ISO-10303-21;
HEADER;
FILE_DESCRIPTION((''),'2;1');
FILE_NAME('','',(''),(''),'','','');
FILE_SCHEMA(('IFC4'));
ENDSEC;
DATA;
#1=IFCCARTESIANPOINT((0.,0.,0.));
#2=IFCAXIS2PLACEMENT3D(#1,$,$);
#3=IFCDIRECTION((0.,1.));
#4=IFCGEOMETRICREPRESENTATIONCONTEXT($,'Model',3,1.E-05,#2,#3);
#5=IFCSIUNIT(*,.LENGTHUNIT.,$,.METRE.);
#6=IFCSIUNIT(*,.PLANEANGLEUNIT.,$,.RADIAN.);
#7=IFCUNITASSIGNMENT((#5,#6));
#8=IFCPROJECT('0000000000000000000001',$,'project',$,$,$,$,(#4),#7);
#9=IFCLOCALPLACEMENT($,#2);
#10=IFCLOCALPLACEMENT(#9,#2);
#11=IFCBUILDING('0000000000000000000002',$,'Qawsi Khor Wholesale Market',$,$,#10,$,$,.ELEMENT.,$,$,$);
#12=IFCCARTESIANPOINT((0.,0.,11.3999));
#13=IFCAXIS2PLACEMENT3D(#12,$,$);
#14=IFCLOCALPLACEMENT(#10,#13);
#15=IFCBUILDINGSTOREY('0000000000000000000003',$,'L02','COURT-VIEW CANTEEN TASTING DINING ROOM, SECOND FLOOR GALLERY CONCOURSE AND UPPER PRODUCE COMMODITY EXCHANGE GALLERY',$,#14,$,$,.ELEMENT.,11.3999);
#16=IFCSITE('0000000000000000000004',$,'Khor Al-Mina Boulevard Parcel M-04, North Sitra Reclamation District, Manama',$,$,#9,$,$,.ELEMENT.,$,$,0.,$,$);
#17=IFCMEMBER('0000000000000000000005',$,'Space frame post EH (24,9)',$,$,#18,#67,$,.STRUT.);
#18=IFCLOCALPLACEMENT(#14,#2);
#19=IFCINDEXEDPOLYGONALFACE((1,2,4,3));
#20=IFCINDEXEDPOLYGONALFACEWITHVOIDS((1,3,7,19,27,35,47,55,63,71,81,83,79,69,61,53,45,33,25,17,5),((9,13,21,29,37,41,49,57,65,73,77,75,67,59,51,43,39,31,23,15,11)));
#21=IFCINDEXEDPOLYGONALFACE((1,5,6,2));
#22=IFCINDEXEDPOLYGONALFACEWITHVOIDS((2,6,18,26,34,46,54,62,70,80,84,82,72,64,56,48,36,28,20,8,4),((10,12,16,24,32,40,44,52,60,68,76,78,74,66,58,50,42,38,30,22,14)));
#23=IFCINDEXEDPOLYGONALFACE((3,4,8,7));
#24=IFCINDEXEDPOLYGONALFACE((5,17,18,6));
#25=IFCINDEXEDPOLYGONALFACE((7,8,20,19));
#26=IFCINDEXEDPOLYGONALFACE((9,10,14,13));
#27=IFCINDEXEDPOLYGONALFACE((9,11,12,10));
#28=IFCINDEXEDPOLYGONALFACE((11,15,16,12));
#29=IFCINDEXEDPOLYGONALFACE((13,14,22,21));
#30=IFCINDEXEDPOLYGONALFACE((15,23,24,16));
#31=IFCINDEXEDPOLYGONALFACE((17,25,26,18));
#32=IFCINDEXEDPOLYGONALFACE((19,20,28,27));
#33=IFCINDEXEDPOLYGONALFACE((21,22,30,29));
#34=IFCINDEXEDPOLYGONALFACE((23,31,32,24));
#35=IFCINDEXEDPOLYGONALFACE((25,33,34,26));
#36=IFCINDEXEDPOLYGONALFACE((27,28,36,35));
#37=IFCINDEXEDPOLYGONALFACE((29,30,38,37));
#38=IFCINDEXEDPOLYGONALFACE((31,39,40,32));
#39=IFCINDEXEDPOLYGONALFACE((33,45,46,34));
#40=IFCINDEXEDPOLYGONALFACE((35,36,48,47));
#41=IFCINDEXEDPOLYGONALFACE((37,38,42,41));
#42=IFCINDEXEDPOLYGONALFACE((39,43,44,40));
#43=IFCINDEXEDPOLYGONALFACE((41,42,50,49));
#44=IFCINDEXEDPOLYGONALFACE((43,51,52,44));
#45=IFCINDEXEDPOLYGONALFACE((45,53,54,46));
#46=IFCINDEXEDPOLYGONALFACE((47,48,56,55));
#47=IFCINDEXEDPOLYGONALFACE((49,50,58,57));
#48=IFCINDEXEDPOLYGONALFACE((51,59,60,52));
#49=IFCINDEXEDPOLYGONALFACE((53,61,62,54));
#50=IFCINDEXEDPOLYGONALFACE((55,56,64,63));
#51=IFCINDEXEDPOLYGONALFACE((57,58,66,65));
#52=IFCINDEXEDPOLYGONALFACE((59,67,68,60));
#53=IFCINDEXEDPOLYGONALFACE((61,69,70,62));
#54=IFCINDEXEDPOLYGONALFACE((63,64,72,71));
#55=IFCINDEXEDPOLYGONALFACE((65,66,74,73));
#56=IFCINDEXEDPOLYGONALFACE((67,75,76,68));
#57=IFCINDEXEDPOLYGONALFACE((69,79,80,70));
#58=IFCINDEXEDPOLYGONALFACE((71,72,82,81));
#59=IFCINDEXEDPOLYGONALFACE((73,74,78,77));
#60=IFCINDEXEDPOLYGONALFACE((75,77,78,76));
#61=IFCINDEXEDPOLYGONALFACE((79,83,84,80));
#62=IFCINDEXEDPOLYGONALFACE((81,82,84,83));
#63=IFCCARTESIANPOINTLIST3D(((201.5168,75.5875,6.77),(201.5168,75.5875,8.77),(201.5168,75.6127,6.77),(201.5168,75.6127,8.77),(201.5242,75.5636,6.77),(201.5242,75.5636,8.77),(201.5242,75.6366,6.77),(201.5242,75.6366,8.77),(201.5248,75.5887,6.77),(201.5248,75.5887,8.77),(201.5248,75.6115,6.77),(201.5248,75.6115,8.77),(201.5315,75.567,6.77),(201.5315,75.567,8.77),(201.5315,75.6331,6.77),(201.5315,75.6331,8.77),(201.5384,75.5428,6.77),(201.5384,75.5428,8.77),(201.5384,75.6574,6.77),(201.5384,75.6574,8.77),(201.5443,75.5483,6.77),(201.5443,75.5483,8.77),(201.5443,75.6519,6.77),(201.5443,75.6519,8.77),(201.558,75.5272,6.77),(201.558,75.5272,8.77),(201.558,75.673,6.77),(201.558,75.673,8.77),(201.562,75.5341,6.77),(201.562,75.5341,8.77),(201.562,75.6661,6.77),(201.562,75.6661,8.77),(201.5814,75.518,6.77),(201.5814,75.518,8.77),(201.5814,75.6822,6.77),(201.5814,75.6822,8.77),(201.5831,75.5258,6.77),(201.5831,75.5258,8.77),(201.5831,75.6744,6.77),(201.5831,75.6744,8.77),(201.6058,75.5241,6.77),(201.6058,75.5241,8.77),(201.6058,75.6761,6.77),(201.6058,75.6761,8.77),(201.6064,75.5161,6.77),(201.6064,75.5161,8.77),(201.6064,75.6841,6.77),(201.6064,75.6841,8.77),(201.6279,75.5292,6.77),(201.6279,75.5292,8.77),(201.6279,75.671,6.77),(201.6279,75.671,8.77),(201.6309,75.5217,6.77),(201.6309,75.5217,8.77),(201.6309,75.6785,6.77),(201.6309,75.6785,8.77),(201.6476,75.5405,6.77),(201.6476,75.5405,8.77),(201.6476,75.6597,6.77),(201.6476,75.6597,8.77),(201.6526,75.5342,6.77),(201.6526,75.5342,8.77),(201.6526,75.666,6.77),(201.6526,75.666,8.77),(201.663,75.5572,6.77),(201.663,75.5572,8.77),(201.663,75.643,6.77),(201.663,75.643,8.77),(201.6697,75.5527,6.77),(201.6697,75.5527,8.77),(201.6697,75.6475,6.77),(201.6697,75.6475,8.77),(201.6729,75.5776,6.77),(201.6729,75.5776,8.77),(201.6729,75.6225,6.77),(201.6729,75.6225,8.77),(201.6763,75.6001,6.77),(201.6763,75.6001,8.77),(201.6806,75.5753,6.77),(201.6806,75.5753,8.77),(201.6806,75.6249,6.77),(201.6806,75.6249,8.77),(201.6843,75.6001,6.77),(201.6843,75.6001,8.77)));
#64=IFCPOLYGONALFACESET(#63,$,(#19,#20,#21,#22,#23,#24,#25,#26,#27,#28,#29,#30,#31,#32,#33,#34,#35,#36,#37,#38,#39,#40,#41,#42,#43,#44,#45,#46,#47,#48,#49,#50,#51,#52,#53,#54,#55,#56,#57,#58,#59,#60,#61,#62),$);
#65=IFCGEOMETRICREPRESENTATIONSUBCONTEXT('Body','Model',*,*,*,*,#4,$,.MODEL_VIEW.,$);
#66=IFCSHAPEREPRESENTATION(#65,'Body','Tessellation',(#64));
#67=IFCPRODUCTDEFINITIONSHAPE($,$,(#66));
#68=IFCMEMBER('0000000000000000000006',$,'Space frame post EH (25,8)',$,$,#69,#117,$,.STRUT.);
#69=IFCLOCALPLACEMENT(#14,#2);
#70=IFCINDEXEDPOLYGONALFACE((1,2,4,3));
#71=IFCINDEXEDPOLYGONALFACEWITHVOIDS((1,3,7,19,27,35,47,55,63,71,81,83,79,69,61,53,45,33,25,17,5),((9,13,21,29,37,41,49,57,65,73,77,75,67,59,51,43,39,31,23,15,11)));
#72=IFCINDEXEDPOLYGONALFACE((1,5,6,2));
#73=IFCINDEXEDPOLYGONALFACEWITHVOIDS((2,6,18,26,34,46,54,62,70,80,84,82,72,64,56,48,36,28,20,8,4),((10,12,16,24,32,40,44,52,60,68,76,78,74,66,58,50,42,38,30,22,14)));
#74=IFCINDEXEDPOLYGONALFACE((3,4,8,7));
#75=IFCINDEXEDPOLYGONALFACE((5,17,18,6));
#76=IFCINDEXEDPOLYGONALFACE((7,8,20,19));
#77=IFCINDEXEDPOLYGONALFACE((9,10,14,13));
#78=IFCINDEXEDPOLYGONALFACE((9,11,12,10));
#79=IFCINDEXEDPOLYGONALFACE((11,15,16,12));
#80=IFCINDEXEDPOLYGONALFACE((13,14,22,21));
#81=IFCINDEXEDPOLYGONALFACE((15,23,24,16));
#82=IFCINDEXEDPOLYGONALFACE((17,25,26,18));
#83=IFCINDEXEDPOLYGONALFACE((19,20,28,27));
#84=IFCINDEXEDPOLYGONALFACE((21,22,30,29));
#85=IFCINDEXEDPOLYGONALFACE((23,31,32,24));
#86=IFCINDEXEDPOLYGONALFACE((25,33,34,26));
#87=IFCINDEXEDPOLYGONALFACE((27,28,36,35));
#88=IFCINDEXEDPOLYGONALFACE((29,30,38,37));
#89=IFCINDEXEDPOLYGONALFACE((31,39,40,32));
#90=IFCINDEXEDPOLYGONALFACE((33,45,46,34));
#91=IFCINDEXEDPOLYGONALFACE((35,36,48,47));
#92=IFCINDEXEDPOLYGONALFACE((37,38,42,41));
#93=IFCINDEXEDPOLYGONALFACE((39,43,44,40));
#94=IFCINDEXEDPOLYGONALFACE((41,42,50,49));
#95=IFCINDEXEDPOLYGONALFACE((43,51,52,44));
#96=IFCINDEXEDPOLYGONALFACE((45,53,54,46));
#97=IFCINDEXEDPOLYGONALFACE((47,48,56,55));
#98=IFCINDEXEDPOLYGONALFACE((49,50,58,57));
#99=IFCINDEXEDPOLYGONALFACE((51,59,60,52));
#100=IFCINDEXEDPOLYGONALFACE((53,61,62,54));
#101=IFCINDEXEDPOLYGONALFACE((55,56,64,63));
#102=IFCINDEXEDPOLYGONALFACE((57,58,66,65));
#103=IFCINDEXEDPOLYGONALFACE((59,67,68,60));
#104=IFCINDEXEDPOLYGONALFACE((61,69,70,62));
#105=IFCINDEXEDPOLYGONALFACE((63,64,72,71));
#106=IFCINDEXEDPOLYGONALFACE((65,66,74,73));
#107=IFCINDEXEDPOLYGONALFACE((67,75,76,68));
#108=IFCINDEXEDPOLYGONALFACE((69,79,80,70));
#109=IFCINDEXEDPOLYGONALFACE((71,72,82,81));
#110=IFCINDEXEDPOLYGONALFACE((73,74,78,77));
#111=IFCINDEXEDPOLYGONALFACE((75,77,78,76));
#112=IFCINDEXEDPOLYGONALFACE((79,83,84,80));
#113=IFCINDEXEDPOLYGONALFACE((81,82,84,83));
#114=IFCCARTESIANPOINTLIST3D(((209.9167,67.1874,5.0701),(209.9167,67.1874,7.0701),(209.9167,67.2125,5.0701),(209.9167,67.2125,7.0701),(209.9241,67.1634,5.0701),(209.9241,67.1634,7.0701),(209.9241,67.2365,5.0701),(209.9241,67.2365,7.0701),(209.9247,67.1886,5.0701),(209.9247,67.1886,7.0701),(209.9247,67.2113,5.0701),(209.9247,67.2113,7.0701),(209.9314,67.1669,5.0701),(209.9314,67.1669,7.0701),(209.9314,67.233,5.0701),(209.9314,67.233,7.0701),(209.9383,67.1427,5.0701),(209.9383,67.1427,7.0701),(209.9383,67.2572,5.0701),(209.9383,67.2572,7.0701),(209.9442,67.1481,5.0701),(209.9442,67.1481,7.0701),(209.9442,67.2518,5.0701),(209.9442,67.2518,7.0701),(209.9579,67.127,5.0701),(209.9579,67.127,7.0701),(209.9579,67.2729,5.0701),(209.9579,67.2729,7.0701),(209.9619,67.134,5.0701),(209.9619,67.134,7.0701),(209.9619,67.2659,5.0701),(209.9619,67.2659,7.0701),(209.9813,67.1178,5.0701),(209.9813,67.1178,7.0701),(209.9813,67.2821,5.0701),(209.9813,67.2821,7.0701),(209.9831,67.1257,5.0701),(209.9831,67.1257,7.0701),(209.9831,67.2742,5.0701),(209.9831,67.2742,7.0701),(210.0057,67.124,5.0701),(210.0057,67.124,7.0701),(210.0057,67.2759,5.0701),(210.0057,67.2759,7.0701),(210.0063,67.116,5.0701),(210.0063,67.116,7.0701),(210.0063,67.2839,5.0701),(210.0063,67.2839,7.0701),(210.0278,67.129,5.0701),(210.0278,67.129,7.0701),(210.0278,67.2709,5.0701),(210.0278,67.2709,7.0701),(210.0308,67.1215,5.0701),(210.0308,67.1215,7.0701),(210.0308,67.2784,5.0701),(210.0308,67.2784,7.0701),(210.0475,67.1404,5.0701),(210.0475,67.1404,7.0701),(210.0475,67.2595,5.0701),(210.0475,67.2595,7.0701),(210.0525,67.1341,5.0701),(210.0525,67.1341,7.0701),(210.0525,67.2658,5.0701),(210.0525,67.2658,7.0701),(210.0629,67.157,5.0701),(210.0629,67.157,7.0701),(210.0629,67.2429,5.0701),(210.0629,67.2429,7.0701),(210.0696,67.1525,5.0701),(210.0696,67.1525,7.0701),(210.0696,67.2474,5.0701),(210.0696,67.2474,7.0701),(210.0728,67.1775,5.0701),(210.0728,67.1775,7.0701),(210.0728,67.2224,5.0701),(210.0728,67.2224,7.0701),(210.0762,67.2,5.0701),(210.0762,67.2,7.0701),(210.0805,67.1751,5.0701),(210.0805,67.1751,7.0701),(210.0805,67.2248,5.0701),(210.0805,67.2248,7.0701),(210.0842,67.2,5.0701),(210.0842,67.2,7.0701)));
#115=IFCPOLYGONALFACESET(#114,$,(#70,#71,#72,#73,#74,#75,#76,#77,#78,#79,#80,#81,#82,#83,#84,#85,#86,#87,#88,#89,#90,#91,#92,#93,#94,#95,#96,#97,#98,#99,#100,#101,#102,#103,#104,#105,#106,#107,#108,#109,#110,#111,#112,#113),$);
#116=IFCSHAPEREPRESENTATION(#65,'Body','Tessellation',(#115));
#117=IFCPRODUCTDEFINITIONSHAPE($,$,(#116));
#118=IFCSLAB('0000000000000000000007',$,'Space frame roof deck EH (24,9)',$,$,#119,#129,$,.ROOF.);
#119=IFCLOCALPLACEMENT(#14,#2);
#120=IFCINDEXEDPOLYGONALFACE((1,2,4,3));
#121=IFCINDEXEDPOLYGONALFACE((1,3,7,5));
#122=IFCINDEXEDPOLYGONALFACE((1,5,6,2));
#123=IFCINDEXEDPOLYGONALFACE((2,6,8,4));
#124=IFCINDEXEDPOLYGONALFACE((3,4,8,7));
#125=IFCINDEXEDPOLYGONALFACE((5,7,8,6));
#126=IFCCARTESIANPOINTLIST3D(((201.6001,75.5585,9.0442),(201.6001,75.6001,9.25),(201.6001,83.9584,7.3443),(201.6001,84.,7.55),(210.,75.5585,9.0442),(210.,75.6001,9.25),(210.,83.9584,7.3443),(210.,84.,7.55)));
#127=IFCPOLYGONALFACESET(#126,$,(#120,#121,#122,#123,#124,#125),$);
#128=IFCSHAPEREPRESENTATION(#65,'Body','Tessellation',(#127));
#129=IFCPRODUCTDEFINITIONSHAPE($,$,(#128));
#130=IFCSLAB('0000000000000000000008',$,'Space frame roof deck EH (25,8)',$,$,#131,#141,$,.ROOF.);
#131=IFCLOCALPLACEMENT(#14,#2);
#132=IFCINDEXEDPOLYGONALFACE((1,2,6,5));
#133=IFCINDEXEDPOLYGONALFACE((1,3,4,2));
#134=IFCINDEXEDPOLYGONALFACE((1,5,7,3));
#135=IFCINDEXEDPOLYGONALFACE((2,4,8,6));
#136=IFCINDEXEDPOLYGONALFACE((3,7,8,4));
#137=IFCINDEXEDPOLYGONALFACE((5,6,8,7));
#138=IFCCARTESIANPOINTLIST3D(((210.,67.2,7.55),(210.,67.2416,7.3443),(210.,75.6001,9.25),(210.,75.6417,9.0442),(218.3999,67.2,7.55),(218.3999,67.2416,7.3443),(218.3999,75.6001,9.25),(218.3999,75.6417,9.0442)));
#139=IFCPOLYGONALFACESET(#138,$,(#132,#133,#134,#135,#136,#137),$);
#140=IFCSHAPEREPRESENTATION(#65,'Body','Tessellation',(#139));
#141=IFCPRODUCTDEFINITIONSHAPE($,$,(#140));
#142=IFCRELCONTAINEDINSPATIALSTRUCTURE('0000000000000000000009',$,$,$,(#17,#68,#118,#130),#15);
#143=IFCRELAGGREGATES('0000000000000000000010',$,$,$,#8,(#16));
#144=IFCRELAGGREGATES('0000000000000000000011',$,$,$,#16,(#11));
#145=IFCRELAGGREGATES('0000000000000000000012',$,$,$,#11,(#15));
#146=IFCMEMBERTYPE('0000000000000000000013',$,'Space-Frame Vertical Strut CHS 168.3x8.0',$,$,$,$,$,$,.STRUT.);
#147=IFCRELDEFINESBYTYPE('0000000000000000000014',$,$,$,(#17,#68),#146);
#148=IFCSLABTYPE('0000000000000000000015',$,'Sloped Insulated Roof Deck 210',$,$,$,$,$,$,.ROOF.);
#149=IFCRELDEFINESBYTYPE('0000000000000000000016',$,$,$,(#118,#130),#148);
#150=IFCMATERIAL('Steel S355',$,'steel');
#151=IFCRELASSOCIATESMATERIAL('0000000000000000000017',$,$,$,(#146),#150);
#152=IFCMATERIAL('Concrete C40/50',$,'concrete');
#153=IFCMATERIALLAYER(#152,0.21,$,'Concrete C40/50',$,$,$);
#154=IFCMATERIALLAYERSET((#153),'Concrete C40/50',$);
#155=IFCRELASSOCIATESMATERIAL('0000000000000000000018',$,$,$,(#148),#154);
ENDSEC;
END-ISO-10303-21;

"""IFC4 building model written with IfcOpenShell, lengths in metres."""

from ifc_helpers import new_model, si_unit, direction, frame, origin, origin_2d, place, context, subcontext, project, spatial, polyline, hollow_circle, outline, extrude, material, layer, layer_set, material_profile, profile_set, type_object, element, save


model = new_model("IFC4")

# Units and contexts
model_context = context("Model", 3, precision=1e-05, world=origin(), true_north=direction((0.0, 1.0)))
body_context = subcontext(model_context, "Body", "Model", "MODEL_VIEW")
ifc_project = project(units=[si_unit("LENGTHUNIT", "METRE"), si_unit("PLANEANGLEUNIT", "RADIAN")], contexts=[model_context])

# Site, building, storey
site_placement = place(None, origin())
site = spatial("IfcSite", under=ifc_project, at=site_placement, Name="Khor Al-Mina Boulevard Parcel M-04, North Sitra Reclamation District, Manama", CompositionType="ELEMENT", RefElevation=0.0)
building_placement = place(site_placement, origin())
building = spatial("IfcBuilding", under=site, at=building_placement, Name="Qawsi Khor Wholesale Market", CompositionType="ELEMENT")
storey_placement = place(building_placement, frame((0.0, 0.0, 11.3999)))
storey = spatial("IfcBuildingStorey", under=building, at=storey_placement, Name="L02", Description="COURT-VIEW CANTEEN TASTING DINING ROOM, SECOND FLOOR GALLERY CONCOURSE AND UPPER PRODUCE COMMODITY EXCHANGE GALLERY", CompositionType="ELEMENT", Elevation=11.3999)

# Members
ifc_material_1 = material(Name="Steel S355", Category="steel")
ifc_material_profile_1 = material_profile(ifc_material_1, hollow_circle(Radius=0.0842, WallThickness=0.0081, at=origin_2d()), Name="CHS 168.3x8.0")
ifc_profile_set_1 = profile_set([ifc_material_profile_1], Name="Steel S355")
member_type_1 = type_object("IfcMemberType", Name="Space-Frame Vertical Strut CHS 168.3x8.0", PredefinedType="STRUT", material=ifc_profile_set_1)
for number, where, z_axis, x_axis, name in (
    (1, (201.6001, 75.6001, 6.77), (0.0, 0.0, 1.0), (1.0, 0.0, 0.0), "Space frame post EH (24,9)"),
    (2, (210.0, 67.2, 5.0701), (0.0, 0.0, 1.0), (1.0, 0.0, 0.0), "Space frame post EH (25,8)"),
):
    element("IfcMember", number, at=place(storey_placement, frame(where, z_axis=z_axis, x_axis=x_axis)), inside=storey, type_object=member_type_1, Name=name, PredefinedType="STRUT", context=body_context, shape_type="SweptSolid", body=[
        extrude(hollow_circle(Radius=0.0842, WallThickness=0.0081, at=origin_2d()), origin(), (0.0, 0.0, 1.0), 2.0),
    ])

# Slabs
ifc_material_2 = material(Name="Concrete C40/50", Category="concrete")
ifc_layer = layer(ifc_material_2, 0.21, Name="Concrete C40/50")
ifc_layer_set = layer_set([ifc_layer], Name="Concrete C40/50")
slab_type = type_object("IfcSlabType", Name="Sloped Insulated Roof Deck 210", PredefinedType="ROOF", material=ifc_layer_set)
slab_1_placement = place(storey_placement, frame((201.6001, 75.6001, 9.25), z_axis=(0.0, 0.198356, 0.98013), x_axis=(1.0, 0.0, 0.0)))
element("IfcSlab", 3, at=slab_1_placement, inside=storey, type_object=slab_type, Name="Space frame roof deck EH (24,9)", PredefinedType="ROOF", context=body_context, shape_type="SweptSolid", body=[
    extrude(outline(polyline([(0.0, 0.0), (8.3999, 0.0), (8.3999, 8.5702), (0.0, 8.5702), (0.0, 0.0)])), origin(), (0.0, 0.0, -1.0), 0.21),
])
slab_2_placement = place(storey_placement, frame((210.0, 67.2, 7.55), z_axis=(0.0, -0.198351, 0.980131), x_axis=(1.0, 0.0, 0.0)))
element("IfcSlab", 4, at=slab_2_placement, inside=storey, type_object=slab_type, Name="Space frame roof deck EH (25,8)", PredefinedType="ROOF", context=body_context, shape_type="SweptSolid", body=[
    extrude(outline(polyline([(0.0, 0.0), (8.3999, 0.0), (8.3999, 8.5704), (0.0, 8.5704), (0.0, 0.0)])), origin(), (0.0, 0.0, -1.0), 0.21),
])

save(model, "model.ifc")
